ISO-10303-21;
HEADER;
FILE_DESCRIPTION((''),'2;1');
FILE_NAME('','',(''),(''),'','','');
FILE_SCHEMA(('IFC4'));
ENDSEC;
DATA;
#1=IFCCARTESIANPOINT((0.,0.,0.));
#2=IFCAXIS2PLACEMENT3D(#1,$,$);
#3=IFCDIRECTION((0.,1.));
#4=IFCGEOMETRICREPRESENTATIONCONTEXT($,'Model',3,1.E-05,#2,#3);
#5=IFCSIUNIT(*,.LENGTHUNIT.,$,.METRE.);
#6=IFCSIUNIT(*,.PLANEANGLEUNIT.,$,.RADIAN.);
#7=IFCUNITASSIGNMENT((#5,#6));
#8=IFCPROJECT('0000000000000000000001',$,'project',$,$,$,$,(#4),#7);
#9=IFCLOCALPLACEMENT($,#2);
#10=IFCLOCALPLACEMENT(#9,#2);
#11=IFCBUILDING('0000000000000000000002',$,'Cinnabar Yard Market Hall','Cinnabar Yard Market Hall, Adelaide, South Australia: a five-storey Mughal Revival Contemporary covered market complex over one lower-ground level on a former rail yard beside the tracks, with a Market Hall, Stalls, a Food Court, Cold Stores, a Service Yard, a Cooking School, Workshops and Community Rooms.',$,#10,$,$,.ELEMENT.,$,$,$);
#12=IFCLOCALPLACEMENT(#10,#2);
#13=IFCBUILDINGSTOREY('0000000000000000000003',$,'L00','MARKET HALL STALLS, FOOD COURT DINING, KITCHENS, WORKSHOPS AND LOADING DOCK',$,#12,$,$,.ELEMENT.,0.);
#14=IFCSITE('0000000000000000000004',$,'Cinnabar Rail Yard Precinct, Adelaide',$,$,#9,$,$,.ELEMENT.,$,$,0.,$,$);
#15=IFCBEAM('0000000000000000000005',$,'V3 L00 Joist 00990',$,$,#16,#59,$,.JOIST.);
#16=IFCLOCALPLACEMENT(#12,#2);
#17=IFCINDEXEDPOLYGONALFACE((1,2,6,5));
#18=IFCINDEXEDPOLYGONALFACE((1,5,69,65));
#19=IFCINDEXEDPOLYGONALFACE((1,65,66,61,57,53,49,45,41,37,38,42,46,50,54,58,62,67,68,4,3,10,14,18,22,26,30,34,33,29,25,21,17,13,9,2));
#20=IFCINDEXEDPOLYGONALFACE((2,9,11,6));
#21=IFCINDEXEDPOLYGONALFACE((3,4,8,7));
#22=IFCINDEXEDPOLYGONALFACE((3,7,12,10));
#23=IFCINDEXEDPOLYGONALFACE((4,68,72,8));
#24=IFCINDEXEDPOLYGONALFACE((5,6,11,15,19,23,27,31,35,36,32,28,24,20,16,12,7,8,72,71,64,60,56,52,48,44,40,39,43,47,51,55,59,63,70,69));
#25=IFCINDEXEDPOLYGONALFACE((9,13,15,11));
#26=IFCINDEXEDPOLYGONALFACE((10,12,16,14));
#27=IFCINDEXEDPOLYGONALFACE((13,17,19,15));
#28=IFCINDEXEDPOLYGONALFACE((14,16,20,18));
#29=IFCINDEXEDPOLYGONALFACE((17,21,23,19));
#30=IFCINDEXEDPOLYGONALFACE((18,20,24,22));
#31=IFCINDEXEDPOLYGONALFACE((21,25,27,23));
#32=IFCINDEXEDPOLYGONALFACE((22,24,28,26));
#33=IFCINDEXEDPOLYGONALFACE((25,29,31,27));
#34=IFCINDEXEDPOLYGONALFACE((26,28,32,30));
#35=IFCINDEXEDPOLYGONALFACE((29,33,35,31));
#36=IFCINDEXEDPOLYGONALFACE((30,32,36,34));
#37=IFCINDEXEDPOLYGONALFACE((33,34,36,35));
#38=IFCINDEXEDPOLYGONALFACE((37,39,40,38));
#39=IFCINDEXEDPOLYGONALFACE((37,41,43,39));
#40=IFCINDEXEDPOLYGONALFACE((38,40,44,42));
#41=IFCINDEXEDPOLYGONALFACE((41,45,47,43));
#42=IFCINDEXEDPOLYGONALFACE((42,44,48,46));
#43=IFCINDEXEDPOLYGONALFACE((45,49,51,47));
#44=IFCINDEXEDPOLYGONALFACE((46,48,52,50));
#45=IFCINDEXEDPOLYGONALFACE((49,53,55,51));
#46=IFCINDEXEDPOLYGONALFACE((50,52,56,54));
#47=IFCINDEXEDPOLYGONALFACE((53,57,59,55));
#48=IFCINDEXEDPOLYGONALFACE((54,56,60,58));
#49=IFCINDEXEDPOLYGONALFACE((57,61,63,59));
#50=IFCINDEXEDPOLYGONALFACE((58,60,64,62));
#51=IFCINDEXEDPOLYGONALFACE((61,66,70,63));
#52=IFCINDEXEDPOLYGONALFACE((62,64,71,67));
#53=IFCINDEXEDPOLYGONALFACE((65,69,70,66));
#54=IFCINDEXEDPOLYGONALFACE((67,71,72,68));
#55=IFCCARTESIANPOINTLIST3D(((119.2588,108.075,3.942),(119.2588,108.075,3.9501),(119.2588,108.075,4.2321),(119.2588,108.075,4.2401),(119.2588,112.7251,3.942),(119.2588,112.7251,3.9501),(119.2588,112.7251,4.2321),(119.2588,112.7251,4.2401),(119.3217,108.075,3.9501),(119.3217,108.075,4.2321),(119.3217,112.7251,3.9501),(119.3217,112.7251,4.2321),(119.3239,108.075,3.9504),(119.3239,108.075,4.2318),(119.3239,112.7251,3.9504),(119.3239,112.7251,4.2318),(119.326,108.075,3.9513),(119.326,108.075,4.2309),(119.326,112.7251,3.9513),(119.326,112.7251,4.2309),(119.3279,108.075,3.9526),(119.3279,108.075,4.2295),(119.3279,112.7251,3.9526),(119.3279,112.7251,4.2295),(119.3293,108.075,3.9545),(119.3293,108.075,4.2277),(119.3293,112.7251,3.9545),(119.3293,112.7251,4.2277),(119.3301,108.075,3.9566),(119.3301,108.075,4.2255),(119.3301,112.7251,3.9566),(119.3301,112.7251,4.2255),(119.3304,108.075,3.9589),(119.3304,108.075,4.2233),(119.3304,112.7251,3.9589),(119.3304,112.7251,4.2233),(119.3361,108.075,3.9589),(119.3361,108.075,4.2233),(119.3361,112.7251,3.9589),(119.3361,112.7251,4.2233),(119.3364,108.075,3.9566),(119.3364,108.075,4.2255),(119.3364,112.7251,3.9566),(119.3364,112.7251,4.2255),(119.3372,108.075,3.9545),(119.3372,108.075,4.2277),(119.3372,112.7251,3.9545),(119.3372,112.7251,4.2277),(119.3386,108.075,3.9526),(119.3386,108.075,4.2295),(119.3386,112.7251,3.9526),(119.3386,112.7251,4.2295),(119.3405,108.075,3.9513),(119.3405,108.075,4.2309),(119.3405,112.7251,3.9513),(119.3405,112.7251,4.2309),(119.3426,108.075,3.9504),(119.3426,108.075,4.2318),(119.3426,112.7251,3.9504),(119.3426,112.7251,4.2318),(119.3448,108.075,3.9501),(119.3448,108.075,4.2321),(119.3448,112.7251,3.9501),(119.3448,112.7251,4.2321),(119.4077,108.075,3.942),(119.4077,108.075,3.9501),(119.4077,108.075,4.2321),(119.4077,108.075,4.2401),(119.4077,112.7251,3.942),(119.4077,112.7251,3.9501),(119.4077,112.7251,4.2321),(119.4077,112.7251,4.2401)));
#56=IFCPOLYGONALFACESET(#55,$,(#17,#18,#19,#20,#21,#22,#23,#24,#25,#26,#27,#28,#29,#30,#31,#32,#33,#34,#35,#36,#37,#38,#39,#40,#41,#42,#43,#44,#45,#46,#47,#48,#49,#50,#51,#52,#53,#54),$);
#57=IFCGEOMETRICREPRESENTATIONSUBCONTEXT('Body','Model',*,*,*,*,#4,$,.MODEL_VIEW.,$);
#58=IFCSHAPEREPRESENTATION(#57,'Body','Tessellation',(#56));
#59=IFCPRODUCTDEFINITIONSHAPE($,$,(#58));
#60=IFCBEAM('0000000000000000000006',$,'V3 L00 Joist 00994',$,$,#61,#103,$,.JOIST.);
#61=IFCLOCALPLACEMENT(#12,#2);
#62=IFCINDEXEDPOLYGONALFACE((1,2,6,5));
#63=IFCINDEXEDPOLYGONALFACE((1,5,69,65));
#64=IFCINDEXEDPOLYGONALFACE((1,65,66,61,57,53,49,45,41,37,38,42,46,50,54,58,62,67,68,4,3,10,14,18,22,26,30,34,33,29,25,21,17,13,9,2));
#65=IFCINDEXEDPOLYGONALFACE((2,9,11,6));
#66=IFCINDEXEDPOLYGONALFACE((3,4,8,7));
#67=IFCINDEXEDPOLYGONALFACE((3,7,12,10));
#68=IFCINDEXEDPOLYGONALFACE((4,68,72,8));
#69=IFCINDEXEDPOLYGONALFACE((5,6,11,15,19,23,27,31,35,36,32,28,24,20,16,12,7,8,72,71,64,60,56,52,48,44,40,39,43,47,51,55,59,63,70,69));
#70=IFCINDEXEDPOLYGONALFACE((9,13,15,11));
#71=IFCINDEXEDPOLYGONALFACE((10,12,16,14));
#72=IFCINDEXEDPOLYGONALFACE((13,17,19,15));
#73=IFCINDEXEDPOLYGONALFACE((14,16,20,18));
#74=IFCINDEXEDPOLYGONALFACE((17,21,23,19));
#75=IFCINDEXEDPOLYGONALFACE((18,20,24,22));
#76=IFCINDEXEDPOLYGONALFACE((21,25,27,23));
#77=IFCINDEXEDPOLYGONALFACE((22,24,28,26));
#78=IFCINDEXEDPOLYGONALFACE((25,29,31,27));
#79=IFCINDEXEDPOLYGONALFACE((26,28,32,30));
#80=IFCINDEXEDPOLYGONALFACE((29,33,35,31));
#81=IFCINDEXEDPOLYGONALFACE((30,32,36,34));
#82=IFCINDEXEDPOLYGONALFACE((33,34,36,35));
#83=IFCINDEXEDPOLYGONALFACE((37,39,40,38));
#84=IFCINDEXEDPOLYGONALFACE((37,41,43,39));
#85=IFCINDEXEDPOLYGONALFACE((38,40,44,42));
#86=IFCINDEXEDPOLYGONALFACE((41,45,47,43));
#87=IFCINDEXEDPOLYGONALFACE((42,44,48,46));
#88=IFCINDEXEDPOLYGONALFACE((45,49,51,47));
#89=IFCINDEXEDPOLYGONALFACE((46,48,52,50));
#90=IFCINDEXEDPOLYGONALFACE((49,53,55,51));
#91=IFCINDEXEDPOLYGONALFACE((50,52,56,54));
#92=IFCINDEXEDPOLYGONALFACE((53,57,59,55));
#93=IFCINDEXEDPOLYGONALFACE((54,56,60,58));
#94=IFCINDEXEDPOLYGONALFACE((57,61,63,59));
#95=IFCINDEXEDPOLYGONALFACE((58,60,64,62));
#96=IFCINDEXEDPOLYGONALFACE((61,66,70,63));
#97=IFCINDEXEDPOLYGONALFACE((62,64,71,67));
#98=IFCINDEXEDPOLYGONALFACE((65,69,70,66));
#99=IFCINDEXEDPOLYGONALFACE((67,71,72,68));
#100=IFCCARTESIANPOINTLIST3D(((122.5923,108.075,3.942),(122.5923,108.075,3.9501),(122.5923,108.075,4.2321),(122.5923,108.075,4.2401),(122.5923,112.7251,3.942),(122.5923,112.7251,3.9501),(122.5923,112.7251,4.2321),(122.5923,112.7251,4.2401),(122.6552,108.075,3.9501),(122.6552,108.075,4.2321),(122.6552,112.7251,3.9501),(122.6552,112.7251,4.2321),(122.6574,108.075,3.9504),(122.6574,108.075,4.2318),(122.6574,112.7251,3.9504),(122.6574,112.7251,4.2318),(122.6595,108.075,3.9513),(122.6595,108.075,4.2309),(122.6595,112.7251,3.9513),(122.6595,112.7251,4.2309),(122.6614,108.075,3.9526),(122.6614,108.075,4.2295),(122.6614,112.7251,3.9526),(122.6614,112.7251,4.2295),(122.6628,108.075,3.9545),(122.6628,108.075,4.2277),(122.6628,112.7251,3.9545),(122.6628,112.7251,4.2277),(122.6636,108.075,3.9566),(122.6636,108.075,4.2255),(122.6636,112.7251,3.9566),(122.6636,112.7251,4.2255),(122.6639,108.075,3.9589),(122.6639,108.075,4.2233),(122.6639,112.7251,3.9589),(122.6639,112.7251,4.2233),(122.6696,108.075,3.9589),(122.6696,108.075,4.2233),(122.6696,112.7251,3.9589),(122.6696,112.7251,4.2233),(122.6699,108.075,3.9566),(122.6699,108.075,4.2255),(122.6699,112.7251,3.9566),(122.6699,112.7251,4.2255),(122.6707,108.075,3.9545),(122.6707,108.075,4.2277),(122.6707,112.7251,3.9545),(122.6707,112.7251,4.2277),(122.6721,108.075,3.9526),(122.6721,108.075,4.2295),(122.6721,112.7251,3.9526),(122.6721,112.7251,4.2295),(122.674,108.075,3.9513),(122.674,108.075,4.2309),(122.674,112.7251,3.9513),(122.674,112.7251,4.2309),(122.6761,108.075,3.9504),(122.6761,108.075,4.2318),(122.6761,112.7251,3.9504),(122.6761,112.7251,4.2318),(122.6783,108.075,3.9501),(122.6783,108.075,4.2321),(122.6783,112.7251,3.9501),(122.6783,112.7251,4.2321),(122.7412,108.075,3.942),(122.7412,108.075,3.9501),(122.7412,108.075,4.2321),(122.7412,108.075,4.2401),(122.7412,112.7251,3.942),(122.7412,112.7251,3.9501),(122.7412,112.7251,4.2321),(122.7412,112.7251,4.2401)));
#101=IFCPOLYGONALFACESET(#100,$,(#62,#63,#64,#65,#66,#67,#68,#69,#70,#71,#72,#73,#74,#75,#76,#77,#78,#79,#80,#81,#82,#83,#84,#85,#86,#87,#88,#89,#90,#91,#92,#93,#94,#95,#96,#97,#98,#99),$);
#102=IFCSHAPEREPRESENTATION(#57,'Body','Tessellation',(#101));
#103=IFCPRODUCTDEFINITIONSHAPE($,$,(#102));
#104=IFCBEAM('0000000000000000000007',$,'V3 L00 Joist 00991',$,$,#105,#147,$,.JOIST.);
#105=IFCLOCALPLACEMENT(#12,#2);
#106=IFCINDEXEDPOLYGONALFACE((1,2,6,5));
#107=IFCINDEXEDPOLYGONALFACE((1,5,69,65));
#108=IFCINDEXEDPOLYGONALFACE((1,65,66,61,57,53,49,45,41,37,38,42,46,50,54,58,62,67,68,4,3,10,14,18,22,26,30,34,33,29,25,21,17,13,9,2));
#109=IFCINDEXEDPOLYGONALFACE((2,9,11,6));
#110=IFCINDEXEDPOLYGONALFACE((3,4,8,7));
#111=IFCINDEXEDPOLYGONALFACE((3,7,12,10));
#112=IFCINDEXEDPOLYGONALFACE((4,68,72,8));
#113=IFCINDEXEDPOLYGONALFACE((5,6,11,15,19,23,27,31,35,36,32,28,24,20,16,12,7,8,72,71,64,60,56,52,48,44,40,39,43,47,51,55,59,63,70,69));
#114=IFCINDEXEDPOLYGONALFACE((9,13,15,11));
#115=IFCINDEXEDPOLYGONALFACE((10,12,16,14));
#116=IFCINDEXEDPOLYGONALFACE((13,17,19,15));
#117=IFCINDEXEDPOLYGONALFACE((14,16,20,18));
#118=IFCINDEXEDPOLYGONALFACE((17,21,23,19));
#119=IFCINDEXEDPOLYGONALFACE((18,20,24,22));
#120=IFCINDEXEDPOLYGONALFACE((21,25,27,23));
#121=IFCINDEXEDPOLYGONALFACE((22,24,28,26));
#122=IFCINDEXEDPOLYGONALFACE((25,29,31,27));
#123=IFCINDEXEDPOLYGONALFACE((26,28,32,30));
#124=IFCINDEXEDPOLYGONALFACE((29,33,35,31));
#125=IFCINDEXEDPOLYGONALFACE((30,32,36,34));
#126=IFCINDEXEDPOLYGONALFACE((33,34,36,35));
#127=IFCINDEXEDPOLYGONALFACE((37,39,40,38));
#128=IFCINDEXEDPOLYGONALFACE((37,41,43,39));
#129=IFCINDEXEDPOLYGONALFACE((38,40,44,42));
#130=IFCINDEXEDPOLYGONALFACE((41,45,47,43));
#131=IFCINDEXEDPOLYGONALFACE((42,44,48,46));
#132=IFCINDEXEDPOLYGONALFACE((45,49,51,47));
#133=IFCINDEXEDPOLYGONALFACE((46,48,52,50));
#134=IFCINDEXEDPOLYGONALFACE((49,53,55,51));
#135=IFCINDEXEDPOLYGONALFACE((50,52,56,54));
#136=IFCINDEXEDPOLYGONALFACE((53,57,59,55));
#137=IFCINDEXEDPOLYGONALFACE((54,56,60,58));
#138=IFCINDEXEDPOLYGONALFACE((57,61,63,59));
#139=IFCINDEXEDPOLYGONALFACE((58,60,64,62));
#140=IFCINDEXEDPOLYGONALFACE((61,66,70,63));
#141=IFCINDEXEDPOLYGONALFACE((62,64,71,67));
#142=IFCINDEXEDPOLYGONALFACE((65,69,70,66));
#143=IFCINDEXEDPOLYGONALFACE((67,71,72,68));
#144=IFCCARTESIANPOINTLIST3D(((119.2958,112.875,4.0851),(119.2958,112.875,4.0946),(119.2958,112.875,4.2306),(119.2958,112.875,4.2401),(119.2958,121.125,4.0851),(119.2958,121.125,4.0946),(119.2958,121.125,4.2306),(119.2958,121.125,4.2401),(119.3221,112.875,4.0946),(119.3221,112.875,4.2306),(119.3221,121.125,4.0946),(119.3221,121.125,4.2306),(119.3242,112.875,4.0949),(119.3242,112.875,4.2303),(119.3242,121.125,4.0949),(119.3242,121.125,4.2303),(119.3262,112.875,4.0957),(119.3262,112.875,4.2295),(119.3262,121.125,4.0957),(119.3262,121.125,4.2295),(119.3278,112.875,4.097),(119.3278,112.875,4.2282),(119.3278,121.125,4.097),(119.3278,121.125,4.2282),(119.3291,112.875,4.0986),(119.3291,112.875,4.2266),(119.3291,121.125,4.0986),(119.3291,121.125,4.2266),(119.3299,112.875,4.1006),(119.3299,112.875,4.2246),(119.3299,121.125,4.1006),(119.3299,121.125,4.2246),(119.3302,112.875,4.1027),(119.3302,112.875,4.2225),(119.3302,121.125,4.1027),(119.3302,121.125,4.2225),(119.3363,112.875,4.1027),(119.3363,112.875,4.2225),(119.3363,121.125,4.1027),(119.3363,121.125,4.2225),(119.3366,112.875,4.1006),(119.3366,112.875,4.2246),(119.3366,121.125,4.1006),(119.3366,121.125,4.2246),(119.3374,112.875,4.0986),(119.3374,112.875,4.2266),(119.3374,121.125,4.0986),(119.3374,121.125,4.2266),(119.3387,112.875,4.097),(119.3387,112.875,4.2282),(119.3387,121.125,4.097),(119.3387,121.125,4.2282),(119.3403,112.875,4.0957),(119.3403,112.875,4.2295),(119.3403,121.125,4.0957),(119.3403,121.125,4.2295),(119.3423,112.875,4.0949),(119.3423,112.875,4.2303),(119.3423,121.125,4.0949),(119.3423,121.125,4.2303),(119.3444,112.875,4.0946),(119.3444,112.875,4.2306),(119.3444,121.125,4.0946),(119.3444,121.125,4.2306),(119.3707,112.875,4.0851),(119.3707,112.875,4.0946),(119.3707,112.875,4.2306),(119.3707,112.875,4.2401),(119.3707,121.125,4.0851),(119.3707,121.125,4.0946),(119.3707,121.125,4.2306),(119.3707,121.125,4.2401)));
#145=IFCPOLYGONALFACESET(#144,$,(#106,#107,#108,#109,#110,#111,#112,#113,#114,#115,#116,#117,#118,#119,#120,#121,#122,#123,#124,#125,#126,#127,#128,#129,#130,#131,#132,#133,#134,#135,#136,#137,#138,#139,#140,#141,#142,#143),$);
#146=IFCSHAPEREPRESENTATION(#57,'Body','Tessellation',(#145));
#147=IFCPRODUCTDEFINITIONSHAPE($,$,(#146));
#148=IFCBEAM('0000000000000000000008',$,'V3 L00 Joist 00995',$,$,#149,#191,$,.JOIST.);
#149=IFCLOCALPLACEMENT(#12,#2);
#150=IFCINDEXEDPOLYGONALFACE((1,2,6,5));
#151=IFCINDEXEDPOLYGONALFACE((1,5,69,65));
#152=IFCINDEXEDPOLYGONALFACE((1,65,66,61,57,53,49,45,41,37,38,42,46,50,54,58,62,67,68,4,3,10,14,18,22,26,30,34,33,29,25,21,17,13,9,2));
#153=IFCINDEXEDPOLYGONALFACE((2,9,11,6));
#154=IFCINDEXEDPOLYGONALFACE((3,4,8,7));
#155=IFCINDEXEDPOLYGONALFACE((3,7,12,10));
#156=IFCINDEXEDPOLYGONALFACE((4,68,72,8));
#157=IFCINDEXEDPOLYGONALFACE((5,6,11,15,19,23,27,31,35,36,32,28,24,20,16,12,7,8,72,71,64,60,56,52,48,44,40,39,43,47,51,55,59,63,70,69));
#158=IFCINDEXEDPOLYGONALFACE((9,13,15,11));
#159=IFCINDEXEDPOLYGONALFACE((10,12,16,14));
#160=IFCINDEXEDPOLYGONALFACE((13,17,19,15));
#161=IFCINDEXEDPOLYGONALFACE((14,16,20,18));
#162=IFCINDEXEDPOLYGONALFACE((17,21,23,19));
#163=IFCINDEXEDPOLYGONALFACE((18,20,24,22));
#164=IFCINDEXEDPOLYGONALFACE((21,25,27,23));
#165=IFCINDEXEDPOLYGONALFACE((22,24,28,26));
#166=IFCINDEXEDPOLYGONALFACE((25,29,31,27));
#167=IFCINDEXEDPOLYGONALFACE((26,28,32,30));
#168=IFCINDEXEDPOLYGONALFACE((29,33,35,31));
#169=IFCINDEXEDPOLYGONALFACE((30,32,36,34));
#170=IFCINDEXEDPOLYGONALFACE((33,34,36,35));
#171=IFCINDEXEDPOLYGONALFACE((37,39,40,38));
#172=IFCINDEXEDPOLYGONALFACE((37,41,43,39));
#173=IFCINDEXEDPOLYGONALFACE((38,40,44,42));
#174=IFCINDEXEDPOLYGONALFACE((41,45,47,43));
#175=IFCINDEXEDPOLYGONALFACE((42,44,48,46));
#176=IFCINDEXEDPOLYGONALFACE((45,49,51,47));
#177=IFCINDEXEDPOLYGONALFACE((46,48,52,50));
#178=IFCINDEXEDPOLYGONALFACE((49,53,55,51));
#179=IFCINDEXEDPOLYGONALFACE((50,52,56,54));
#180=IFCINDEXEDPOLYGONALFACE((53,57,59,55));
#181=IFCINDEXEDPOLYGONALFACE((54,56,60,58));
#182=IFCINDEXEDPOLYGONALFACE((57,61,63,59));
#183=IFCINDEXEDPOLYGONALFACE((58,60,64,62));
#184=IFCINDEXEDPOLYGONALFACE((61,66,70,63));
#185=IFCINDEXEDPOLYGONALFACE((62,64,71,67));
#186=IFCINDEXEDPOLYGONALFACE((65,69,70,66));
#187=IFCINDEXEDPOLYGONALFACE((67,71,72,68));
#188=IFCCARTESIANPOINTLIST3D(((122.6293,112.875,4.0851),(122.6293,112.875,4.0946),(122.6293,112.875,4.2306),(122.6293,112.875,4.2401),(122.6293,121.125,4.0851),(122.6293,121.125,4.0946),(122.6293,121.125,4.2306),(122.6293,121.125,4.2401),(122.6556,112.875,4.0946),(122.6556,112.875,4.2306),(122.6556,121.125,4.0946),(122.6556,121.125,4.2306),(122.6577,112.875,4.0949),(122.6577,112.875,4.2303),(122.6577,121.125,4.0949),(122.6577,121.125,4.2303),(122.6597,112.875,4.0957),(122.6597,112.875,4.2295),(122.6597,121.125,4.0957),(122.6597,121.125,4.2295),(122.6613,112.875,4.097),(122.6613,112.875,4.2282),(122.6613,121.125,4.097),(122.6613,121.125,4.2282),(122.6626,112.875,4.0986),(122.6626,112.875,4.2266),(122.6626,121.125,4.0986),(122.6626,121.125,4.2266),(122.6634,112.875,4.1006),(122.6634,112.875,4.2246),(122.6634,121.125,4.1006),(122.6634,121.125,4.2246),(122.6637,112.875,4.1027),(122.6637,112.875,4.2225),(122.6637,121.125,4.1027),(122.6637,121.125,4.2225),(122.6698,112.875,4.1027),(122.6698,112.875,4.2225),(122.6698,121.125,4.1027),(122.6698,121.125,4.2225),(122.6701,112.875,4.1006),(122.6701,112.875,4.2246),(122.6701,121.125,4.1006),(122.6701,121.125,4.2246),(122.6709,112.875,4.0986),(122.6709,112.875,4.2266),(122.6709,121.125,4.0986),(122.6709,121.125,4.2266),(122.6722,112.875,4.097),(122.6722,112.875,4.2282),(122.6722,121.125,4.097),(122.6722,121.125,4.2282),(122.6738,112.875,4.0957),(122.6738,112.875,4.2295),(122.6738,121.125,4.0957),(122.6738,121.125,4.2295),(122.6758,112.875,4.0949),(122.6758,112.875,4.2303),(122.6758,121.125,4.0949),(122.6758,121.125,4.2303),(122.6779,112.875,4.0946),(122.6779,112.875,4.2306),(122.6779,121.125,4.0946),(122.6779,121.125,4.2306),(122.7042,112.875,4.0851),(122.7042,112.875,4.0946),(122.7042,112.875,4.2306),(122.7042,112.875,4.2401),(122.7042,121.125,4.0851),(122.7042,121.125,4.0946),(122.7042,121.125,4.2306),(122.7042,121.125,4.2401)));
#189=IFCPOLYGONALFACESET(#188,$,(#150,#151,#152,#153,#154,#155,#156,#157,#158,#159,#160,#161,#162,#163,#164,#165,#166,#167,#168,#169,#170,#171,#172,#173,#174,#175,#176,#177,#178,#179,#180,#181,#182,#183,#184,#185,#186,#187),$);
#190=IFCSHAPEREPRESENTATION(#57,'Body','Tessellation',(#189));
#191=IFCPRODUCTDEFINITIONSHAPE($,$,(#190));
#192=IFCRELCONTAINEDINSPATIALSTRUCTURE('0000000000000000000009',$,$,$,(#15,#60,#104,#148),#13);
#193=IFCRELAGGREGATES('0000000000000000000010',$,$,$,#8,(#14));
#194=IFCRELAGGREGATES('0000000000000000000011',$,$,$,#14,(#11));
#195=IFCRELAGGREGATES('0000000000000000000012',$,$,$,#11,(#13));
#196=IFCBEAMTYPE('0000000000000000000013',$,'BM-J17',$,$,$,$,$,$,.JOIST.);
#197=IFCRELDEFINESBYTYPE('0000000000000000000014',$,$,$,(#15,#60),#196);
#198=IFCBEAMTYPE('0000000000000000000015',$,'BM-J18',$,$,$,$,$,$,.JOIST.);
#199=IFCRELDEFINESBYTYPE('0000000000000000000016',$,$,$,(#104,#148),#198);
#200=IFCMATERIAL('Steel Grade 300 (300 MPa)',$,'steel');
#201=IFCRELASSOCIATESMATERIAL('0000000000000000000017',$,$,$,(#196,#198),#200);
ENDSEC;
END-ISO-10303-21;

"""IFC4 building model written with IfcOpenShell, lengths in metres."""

from ifc_helpers import new_model, si_unit, direction, frame, origin, origin_2d_with_axis, place, context, subcontext, project, spatial, i_section, extrude, material, material_profile, profile_set, type_object, element, save


model = new_model("IFC4")

# Units and contexts
model_context = context("Model", 3, precision=1e-05, world=origin(), true_north=direction((0.0, 1.0)))
body_context = subcontext(model_context, "Body", "Model", "MODEL_VIEW")
ifc_project = project(units=[si_unit("LENGTHUNIT", "METRE"), si_unit("PLANEANGLEUNIT", "RADIAN")], contexts=[model_context])

# Site, building, storey
site_placement = place(None, origin())
site = spatial("IfcSite", under=ifc_project, at=site_placement, Name="Cinnabar Rail Yard Precinct, Adelaide", CompositionType="ELEMENT", RefElevation=0.0)
building_placement = place(site_placement, origin())
building = spatial("IfcBuilding", under=site, at=building_placement, Name="Cinnabar Yard Market Hall", Description="Cinnabar Yard Market Hall, Adelaide, South Australia: a five-storey Mughal Revival Contemporary covered market complex over one lower-ground level on a former rail yard beside the tracks, with a Market Hall, Stalls, a Food Court, Cold Stores, a Service Yard, a Cooking School, Workshops and Community Rooms.", CompositionType="ELEMENT")
storey_placement = place(building_placement, origin())
storey = spatial("IfcBuildingStorey", under=building, at=storey_placement, Name="L00", Description="MARKET HALL STALLS, FOOD COURT DINING, KITCHENS, WORKSHOPS AND LOADING DOCK", CompositionType="ELEMENT", Elevation=0.0)

# Shared definitions
ifc_material_1 = material(Name="Steel Grade 300 (300 MPa)", Category="steel")

# Beams
ifc_material_profile_1 = material_profile(ifc_material_1, i_section(OverallWidth=0.1489, OverallDepth=0.2981, WebThickness=0.0056, FlangeThickness=0.0081, FilletRadius=0.0088, at=origin_2d_with_axis()), Name="310UB32.0")
ifc_profile_set_1 = profile_set([ifc_material_profile_1], Name="Steel Grade 300 (300 MPa)")
beam_type_1 = type_object("IfcBeamType", Name="BM-J17", PredefinedType="JOIST", material=ifc_profile_set_1)
for number, where, z_axis, x_axis, name in (
    (1, (119.3333, 108.075, 4.0911), (0.0, 1.0, 0.0), (-1.0, 0.0, 0.0), "V3 L00 Joist 00990"),
    (2, (122.6667, 108.075, 4.0911), (0.0, 1.0, 0.0), (-1.0, 0.0, 0.0), "V3 L00 Joist 00994"),
):
    element("IfcBeam", number, at=place(storey_placement, frame(where, z_axis=z_axis, x_axis=x_axis)), inside=storey, type_object=beam_type_1, Name=name, PredefinedType="JOIST", context=body_context, shape_type="SweptSolid", body=[
        extrude(i_section(OverallWidth=0.1489, OverallDepth=0.2981, WebThickness=0.0056, FlangeThickness=0.0081, FilletRadius=0.0088, at=origin_2d_with_axis()), origin(), (0.0, 0.0, 1.0), 4.6501),
    ])
ifc_material_profile_2 = material_profile(ifc_material_1, i_section(OverallWidth=0.075, OverallDepth=0.155, WebThickness=0.0061, FlangeThickness=0.0095, FilletRadius=0.0081, at=origin_2d_with_axis()), Name="150UB18.0")
ifc_profile_set_2 = profile_set([ifc_material_profile_2], Name="Steel Grade 300 (300 MPa)")
beam_type_2 = type_object("IfcBeamType", Name="BM-J18", PredefinedType="JOIST", material=ifc_profile_set_2)
for number, where, z_axis, x_axis, name in (
    (3, (119.3333, 112.875, 4.1626), (0.0, 1.0, 0.0), (-1.0, 0.0, 0.0), "V3 L00 Joist 00991"),
    (4, (122.6667, 112.875, 4.1626), (0.0, 1.0, 0.0), (-1.0, 0.0, 0.0), "V3 L00 Joist 00995"),
):
    element("IfcBeam", number, at=place(storey_placement, frame(where, z_axis=z_axis, x_axis=x_axis)), inside=storey, type_object=beam_type_2, Name=name, PredefinedType="JOIST", context=body_context, shape_type="SweptSolid", body=[
        extrude(i_section(OverallWidth=0.075, OverallDepth=0.155, WebThickness=0.0061, FlangeThickness=0.0095, FilletRadius=0.0081, at=origin_2d_with_axis()), origin(), (0.0, 0.0, 1.0), 8.25),
    ])

save(model, "model.ifc")
